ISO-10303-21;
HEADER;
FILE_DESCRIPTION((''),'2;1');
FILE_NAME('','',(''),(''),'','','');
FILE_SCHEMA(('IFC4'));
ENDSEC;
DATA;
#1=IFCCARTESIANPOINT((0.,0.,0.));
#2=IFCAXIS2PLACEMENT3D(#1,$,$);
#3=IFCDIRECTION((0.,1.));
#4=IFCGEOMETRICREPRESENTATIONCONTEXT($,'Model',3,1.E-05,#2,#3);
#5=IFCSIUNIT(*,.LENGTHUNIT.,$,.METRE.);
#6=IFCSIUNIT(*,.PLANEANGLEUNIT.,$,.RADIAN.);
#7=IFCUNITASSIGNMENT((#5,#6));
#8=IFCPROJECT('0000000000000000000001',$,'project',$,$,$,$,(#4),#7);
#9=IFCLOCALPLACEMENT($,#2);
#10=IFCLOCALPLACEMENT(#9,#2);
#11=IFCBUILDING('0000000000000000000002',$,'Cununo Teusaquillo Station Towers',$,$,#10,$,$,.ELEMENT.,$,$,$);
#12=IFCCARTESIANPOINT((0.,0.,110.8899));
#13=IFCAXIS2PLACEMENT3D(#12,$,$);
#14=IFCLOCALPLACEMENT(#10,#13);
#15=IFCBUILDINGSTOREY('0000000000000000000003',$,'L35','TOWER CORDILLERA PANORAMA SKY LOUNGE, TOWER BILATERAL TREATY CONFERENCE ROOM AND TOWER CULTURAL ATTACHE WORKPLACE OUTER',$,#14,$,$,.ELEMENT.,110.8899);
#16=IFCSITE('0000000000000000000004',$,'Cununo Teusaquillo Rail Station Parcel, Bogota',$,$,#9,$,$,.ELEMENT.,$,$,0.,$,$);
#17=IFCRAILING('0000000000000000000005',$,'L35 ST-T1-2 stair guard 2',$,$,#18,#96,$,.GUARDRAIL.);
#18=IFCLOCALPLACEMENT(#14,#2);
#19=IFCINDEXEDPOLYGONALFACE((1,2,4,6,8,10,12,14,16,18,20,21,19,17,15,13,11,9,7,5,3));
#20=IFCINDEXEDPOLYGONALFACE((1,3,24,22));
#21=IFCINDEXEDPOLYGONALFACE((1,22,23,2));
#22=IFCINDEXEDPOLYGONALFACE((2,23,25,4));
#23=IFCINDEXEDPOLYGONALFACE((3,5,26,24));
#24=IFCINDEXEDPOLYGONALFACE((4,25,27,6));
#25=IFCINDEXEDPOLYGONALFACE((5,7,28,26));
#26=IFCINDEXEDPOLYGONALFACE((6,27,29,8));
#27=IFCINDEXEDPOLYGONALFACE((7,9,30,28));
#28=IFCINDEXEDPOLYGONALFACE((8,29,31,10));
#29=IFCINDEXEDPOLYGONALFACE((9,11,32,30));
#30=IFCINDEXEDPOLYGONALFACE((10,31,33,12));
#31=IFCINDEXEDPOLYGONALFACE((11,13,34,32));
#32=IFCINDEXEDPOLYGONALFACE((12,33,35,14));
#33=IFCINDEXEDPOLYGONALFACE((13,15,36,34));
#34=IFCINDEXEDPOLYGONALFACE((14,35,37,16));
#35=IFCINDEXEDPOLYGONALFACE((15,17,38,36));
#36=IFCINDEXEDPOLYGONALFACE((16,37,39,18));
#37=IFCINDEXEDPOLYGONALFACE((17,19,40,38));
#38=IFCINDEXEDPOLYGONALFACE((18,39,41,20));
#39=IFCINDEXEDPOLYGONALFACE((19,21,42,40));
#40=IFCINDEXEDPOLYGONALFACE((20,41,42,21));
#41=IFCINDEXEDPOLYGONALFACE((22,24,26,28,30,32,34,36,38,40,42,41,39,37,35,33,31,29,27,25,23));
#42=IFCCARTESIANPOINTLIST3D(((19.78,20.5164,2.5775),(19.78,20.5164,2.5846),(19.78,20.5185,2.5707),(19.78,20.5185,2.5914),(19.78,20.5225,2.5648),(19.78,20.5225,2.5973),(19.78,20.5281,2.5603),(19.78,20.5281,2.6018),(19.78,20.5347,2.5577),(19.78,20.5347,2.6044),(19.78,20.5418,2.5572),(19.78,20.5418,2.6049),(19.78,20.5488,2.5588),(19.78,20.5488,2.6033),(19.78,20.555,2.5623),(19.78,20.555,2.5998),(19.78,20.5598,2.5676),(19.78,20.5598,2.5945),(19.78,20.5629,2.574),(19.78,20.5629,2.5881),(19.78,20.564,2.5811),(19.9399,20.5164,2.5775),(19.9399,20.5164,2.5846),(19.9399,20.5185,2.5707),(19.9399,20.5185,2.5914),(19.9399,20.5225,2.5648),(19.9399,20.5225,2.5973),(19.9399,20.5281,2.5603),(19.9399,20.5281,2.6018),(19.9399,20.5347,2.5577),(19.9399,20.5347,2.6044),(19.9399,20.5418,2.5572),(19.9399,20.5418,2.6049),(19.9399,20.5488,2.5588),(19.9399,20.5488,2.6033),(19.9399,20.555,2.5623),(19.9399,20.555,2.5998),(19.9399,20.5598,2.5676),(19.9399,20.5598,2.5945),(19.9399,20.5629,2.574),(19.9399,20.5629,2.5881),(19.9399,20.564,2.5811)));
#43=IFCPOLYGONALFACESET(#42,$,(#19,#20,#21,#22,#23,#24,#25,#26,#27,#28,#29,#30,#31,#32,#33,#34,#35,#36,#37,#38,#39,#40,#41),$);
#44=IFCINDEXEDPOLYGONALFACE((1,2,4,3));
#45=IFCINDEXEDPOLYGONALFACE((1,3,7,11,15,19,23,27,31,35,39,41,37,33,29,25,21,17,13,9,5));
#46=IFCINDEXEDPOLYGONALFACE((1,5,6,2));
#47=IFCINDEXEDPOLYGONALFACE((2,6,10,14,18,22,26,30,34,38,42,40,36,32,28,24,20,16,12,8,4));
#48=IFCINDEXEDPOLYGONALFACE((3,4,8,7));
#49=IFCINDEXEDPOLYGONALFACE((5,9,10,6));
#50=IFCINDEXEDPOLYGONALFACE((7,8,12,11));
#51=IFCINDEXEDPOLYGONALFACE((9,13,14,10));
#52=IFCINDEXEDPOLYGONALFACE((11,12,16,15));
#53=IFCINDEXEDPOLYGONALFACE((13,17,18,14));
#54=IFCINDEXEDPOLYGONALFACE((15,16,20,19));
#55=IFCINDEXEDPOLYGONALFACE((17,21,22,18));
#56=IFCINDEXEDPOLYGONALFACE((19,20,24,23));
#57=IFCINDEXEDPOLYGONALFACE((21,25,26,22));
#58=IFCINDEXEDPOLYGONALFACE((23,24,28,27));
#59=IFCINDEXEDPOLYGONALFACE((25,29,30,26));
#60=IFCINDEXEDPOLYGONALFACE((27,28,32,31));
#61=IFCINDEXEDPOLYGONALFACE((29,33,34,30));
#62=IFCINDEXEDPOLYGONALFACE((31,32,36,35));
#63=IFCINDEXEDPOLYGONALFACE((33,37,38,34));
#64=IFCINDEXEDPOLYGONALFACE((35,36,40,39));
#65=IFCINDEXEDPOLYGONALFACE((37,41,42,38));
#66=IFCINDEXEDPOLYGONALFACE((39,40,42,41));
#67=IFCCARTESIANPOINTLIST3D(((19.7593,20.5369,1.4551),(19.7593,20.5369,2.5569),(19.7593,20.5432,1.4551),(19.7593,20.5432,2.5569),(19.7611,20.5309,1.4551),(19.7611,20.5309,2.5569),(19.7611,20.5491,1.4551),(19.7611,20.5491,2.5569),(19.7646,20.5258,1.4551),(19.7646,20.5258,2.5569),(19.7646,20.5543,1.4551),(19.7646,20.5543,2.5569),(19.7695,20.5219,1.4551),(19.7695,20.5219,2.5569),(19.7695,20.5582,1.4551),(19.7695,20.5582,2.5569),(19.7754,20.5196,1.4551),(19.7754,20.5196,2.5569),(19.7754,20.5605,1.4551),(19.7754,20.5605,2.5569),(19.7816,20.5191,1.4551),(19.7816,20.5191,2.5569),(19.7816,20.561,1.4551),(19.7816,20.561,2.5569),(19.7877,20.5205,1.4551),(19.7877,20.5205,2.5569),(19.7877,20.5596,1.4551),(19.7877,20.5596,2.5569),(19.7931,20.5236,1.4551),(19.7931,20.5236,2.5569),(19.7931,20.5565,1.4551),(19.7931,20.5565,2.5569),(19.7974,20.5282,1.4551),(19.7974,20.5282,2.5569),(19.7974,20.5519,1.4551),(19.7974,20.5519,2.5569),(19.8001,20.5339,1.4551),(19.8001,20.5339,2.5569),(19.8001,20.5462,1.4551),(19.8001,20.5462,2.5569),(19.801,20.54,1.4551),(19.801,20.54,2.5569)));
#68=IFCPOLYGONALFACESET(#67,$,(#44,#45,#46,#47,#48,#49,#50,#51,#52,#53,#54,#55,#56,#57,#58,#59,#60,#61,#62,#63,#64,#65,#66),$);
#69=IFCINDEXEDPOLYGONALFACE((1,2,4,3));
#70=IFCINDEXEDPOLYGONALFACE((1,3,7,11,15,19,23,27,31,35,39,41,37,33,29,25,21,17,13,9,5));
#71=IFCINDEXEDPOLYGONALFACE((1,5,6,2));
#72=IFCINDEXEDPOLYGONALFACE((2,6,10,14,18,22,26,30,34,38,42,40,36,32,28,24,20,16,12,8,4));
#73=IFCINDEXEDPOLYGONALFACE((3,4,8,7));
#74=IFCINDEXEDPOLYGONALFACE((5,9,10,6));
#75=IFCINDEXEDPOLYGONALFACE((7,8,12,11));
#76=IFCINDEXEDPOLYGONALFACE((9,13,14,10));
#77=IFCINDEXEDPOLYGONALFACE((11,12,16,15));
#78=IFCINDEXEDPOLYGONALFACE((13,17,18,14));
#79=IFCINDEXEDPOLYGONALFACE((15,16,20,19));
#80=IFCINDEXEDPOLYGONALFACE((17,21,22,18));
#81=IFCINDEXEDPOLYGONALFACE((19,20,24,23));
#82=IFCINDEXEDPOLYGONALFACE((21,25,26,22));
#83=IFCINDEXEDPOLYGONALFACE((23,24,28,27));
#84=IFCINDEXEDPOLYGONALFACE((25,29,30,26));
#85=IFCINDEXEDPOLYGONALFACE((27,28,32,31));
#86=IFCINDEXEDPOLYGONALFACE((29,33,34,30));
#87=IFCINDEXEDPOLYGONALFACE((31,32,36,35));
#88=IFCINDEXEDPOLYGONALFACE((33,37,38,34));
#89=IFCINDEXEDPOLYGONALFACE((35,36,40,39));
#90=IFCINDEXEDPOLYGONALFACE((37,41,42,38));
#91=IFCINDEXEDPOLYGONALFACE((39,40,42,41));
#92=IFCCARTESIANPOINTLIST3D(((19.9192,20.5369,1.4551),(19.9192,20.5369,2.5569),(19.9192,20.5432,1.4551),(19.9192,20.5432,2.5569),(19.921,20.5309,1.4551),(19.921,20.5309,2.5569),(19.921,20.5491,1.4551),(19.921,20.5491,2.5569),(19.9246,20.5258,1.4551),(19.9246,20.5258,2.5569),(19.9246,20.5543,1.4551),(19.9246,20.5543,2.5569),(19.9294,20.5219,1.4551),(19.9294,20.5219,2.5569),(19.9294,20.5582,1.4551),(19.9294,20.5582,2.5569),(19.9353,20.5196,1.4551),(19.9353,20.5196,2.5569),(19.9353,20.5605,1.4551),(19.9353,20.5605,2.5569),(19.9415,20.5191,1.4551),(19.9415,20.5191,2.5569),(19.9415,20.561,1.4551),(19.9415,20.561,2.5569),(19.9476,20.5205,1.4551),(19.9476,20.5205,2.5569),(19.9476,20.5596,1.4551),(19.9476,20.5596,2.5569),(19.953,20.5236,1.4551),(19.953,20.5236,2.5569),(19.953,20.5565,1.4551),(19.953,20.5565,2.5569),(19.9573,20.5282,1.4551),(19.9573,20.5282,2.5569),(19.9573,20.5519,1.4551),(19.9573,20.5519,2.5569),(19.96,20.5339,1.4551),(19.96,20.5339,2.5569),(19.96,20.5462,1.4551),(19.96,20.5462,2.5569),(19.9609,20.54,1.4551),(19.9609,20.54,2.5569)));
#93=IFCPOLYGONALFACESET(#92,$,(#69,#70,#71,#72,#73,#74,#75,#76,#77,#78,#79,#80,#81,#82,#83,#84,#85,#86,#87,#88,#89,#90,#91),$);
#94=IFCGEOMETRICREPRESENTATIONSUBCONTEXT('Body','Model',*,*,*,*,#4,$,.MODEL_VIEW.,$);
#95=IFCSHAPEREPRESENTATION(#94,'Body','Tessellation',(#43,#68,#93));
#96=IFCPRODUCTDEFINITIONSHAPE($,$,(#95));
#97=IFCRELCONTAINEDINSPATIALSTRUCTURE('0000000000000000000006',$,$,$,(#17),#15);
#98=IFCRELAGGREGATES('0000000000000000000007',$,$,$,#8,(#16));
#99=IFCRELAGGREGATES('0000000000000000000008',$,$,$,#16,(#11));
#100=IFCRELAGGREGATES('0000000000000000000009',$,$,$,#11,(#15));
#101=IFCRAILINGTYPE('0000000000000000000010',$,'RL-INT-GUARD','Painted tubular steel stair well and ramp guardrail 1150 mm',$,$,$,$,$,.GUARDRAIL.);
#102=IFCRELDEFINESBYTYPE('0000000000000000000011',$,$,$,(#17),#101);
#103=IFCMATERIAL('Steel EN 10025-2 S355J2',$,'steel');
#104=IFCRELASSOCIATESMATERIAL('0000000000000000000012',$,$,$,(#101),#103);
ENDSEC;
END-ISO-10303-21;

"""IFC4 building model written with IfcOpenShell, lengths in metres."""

from ifc_helpers import new_model, si_unit, direction, frame, origin, origin_2d, place, context, subcontext, project, spatial, circle, extrude, material, type_object, element, save


model = new_model("IFC4")

# Units and contexts
model_context = context("Model", 3, precision=1e-05, world=origin(), true_north=direction((0.0, 1.0)))
body_context = subcontext(model_context, "Body", "Model", "MODEL_VIEW")
ifc_project = project(units=[si_unit("LENGTHUNIT", "METRE"), si_unit("PLANEANGLEUNIT", "RADIAN")], contexts=[model_context])

# Site, building, storey
site_placement = place(None, origin())
site = spatial("IfcSite", under=ifc_project, at=site_placement, Name="Cununo Teusaquillo Rail Station Parcel, Bogota", CompositionType="ELEMENT", RefElevation=0.0)
building_placement = place(site_placement, origin())
building = spatial("IfcBuilding", under=site, at=building_placement, Name="Cununo Teusaquillo Station Towers", CompositionType="ELEMENT")
storey_placement = place(building_placement, frame((0.0, 0.0, 110.8899)))
storey = spatial("IfcBuildingStorey", under=building, at=storey_placement, Name="L35", Description="TOWER CORDILLERA PANORAMA SKY LOUNGE, TOWER BILATERAL TREATY CONFERENCE ROOM AND TOWER CULTURAL ATTACHE WORKPLACE OUTER", CompositionType="ELEMENT", Elevation=110.8899)

# Railing
ifc_material_1 = material(Name="Steel EN 10025-2 S355J2", Category="steel")
railing_type_1 = type_object("IfcRailingType", Name="RL-INT-GUARD", Description="Painted tubular steel stair well and ramp guardrail 1150 mm", PredefinedType="GUARDRAIL", material=ifc_material_1)
railing_1_placement = place(storey_placement, frame((19.78, 20.54, 1.4551)))
element("IfcRailing", 1, at=railing_1_placement, inside=storey, type_object=railing_type_1, Name="L35 ST-T1-2 stair guard 2", PredefinedType="GUARDRAIL", context=body_context, shape_type="SweptSolid", body=[
    extrude(circle(Radius=0.0239, at=origin_2d()), frame((0.0, 0.0, 1.126), z_axis=(1.0, 0.0, 0.0), x_axis=(0.0, 1.0, 0.0)), (0.0, 0.0, 1.0), 0.1599),
    extrude(circle(Radius=0.021, at=origin_2d()), origin(), (0.0, 0.0, 1.0), 1.1018),
    extrude(circle(Radius=0.021, at=origin_2d()), frame((0.1599, 0.0, 0.0)), (0.0, 0.0, 1.0), 1.1018),
])

save(model, "model.ifc")
